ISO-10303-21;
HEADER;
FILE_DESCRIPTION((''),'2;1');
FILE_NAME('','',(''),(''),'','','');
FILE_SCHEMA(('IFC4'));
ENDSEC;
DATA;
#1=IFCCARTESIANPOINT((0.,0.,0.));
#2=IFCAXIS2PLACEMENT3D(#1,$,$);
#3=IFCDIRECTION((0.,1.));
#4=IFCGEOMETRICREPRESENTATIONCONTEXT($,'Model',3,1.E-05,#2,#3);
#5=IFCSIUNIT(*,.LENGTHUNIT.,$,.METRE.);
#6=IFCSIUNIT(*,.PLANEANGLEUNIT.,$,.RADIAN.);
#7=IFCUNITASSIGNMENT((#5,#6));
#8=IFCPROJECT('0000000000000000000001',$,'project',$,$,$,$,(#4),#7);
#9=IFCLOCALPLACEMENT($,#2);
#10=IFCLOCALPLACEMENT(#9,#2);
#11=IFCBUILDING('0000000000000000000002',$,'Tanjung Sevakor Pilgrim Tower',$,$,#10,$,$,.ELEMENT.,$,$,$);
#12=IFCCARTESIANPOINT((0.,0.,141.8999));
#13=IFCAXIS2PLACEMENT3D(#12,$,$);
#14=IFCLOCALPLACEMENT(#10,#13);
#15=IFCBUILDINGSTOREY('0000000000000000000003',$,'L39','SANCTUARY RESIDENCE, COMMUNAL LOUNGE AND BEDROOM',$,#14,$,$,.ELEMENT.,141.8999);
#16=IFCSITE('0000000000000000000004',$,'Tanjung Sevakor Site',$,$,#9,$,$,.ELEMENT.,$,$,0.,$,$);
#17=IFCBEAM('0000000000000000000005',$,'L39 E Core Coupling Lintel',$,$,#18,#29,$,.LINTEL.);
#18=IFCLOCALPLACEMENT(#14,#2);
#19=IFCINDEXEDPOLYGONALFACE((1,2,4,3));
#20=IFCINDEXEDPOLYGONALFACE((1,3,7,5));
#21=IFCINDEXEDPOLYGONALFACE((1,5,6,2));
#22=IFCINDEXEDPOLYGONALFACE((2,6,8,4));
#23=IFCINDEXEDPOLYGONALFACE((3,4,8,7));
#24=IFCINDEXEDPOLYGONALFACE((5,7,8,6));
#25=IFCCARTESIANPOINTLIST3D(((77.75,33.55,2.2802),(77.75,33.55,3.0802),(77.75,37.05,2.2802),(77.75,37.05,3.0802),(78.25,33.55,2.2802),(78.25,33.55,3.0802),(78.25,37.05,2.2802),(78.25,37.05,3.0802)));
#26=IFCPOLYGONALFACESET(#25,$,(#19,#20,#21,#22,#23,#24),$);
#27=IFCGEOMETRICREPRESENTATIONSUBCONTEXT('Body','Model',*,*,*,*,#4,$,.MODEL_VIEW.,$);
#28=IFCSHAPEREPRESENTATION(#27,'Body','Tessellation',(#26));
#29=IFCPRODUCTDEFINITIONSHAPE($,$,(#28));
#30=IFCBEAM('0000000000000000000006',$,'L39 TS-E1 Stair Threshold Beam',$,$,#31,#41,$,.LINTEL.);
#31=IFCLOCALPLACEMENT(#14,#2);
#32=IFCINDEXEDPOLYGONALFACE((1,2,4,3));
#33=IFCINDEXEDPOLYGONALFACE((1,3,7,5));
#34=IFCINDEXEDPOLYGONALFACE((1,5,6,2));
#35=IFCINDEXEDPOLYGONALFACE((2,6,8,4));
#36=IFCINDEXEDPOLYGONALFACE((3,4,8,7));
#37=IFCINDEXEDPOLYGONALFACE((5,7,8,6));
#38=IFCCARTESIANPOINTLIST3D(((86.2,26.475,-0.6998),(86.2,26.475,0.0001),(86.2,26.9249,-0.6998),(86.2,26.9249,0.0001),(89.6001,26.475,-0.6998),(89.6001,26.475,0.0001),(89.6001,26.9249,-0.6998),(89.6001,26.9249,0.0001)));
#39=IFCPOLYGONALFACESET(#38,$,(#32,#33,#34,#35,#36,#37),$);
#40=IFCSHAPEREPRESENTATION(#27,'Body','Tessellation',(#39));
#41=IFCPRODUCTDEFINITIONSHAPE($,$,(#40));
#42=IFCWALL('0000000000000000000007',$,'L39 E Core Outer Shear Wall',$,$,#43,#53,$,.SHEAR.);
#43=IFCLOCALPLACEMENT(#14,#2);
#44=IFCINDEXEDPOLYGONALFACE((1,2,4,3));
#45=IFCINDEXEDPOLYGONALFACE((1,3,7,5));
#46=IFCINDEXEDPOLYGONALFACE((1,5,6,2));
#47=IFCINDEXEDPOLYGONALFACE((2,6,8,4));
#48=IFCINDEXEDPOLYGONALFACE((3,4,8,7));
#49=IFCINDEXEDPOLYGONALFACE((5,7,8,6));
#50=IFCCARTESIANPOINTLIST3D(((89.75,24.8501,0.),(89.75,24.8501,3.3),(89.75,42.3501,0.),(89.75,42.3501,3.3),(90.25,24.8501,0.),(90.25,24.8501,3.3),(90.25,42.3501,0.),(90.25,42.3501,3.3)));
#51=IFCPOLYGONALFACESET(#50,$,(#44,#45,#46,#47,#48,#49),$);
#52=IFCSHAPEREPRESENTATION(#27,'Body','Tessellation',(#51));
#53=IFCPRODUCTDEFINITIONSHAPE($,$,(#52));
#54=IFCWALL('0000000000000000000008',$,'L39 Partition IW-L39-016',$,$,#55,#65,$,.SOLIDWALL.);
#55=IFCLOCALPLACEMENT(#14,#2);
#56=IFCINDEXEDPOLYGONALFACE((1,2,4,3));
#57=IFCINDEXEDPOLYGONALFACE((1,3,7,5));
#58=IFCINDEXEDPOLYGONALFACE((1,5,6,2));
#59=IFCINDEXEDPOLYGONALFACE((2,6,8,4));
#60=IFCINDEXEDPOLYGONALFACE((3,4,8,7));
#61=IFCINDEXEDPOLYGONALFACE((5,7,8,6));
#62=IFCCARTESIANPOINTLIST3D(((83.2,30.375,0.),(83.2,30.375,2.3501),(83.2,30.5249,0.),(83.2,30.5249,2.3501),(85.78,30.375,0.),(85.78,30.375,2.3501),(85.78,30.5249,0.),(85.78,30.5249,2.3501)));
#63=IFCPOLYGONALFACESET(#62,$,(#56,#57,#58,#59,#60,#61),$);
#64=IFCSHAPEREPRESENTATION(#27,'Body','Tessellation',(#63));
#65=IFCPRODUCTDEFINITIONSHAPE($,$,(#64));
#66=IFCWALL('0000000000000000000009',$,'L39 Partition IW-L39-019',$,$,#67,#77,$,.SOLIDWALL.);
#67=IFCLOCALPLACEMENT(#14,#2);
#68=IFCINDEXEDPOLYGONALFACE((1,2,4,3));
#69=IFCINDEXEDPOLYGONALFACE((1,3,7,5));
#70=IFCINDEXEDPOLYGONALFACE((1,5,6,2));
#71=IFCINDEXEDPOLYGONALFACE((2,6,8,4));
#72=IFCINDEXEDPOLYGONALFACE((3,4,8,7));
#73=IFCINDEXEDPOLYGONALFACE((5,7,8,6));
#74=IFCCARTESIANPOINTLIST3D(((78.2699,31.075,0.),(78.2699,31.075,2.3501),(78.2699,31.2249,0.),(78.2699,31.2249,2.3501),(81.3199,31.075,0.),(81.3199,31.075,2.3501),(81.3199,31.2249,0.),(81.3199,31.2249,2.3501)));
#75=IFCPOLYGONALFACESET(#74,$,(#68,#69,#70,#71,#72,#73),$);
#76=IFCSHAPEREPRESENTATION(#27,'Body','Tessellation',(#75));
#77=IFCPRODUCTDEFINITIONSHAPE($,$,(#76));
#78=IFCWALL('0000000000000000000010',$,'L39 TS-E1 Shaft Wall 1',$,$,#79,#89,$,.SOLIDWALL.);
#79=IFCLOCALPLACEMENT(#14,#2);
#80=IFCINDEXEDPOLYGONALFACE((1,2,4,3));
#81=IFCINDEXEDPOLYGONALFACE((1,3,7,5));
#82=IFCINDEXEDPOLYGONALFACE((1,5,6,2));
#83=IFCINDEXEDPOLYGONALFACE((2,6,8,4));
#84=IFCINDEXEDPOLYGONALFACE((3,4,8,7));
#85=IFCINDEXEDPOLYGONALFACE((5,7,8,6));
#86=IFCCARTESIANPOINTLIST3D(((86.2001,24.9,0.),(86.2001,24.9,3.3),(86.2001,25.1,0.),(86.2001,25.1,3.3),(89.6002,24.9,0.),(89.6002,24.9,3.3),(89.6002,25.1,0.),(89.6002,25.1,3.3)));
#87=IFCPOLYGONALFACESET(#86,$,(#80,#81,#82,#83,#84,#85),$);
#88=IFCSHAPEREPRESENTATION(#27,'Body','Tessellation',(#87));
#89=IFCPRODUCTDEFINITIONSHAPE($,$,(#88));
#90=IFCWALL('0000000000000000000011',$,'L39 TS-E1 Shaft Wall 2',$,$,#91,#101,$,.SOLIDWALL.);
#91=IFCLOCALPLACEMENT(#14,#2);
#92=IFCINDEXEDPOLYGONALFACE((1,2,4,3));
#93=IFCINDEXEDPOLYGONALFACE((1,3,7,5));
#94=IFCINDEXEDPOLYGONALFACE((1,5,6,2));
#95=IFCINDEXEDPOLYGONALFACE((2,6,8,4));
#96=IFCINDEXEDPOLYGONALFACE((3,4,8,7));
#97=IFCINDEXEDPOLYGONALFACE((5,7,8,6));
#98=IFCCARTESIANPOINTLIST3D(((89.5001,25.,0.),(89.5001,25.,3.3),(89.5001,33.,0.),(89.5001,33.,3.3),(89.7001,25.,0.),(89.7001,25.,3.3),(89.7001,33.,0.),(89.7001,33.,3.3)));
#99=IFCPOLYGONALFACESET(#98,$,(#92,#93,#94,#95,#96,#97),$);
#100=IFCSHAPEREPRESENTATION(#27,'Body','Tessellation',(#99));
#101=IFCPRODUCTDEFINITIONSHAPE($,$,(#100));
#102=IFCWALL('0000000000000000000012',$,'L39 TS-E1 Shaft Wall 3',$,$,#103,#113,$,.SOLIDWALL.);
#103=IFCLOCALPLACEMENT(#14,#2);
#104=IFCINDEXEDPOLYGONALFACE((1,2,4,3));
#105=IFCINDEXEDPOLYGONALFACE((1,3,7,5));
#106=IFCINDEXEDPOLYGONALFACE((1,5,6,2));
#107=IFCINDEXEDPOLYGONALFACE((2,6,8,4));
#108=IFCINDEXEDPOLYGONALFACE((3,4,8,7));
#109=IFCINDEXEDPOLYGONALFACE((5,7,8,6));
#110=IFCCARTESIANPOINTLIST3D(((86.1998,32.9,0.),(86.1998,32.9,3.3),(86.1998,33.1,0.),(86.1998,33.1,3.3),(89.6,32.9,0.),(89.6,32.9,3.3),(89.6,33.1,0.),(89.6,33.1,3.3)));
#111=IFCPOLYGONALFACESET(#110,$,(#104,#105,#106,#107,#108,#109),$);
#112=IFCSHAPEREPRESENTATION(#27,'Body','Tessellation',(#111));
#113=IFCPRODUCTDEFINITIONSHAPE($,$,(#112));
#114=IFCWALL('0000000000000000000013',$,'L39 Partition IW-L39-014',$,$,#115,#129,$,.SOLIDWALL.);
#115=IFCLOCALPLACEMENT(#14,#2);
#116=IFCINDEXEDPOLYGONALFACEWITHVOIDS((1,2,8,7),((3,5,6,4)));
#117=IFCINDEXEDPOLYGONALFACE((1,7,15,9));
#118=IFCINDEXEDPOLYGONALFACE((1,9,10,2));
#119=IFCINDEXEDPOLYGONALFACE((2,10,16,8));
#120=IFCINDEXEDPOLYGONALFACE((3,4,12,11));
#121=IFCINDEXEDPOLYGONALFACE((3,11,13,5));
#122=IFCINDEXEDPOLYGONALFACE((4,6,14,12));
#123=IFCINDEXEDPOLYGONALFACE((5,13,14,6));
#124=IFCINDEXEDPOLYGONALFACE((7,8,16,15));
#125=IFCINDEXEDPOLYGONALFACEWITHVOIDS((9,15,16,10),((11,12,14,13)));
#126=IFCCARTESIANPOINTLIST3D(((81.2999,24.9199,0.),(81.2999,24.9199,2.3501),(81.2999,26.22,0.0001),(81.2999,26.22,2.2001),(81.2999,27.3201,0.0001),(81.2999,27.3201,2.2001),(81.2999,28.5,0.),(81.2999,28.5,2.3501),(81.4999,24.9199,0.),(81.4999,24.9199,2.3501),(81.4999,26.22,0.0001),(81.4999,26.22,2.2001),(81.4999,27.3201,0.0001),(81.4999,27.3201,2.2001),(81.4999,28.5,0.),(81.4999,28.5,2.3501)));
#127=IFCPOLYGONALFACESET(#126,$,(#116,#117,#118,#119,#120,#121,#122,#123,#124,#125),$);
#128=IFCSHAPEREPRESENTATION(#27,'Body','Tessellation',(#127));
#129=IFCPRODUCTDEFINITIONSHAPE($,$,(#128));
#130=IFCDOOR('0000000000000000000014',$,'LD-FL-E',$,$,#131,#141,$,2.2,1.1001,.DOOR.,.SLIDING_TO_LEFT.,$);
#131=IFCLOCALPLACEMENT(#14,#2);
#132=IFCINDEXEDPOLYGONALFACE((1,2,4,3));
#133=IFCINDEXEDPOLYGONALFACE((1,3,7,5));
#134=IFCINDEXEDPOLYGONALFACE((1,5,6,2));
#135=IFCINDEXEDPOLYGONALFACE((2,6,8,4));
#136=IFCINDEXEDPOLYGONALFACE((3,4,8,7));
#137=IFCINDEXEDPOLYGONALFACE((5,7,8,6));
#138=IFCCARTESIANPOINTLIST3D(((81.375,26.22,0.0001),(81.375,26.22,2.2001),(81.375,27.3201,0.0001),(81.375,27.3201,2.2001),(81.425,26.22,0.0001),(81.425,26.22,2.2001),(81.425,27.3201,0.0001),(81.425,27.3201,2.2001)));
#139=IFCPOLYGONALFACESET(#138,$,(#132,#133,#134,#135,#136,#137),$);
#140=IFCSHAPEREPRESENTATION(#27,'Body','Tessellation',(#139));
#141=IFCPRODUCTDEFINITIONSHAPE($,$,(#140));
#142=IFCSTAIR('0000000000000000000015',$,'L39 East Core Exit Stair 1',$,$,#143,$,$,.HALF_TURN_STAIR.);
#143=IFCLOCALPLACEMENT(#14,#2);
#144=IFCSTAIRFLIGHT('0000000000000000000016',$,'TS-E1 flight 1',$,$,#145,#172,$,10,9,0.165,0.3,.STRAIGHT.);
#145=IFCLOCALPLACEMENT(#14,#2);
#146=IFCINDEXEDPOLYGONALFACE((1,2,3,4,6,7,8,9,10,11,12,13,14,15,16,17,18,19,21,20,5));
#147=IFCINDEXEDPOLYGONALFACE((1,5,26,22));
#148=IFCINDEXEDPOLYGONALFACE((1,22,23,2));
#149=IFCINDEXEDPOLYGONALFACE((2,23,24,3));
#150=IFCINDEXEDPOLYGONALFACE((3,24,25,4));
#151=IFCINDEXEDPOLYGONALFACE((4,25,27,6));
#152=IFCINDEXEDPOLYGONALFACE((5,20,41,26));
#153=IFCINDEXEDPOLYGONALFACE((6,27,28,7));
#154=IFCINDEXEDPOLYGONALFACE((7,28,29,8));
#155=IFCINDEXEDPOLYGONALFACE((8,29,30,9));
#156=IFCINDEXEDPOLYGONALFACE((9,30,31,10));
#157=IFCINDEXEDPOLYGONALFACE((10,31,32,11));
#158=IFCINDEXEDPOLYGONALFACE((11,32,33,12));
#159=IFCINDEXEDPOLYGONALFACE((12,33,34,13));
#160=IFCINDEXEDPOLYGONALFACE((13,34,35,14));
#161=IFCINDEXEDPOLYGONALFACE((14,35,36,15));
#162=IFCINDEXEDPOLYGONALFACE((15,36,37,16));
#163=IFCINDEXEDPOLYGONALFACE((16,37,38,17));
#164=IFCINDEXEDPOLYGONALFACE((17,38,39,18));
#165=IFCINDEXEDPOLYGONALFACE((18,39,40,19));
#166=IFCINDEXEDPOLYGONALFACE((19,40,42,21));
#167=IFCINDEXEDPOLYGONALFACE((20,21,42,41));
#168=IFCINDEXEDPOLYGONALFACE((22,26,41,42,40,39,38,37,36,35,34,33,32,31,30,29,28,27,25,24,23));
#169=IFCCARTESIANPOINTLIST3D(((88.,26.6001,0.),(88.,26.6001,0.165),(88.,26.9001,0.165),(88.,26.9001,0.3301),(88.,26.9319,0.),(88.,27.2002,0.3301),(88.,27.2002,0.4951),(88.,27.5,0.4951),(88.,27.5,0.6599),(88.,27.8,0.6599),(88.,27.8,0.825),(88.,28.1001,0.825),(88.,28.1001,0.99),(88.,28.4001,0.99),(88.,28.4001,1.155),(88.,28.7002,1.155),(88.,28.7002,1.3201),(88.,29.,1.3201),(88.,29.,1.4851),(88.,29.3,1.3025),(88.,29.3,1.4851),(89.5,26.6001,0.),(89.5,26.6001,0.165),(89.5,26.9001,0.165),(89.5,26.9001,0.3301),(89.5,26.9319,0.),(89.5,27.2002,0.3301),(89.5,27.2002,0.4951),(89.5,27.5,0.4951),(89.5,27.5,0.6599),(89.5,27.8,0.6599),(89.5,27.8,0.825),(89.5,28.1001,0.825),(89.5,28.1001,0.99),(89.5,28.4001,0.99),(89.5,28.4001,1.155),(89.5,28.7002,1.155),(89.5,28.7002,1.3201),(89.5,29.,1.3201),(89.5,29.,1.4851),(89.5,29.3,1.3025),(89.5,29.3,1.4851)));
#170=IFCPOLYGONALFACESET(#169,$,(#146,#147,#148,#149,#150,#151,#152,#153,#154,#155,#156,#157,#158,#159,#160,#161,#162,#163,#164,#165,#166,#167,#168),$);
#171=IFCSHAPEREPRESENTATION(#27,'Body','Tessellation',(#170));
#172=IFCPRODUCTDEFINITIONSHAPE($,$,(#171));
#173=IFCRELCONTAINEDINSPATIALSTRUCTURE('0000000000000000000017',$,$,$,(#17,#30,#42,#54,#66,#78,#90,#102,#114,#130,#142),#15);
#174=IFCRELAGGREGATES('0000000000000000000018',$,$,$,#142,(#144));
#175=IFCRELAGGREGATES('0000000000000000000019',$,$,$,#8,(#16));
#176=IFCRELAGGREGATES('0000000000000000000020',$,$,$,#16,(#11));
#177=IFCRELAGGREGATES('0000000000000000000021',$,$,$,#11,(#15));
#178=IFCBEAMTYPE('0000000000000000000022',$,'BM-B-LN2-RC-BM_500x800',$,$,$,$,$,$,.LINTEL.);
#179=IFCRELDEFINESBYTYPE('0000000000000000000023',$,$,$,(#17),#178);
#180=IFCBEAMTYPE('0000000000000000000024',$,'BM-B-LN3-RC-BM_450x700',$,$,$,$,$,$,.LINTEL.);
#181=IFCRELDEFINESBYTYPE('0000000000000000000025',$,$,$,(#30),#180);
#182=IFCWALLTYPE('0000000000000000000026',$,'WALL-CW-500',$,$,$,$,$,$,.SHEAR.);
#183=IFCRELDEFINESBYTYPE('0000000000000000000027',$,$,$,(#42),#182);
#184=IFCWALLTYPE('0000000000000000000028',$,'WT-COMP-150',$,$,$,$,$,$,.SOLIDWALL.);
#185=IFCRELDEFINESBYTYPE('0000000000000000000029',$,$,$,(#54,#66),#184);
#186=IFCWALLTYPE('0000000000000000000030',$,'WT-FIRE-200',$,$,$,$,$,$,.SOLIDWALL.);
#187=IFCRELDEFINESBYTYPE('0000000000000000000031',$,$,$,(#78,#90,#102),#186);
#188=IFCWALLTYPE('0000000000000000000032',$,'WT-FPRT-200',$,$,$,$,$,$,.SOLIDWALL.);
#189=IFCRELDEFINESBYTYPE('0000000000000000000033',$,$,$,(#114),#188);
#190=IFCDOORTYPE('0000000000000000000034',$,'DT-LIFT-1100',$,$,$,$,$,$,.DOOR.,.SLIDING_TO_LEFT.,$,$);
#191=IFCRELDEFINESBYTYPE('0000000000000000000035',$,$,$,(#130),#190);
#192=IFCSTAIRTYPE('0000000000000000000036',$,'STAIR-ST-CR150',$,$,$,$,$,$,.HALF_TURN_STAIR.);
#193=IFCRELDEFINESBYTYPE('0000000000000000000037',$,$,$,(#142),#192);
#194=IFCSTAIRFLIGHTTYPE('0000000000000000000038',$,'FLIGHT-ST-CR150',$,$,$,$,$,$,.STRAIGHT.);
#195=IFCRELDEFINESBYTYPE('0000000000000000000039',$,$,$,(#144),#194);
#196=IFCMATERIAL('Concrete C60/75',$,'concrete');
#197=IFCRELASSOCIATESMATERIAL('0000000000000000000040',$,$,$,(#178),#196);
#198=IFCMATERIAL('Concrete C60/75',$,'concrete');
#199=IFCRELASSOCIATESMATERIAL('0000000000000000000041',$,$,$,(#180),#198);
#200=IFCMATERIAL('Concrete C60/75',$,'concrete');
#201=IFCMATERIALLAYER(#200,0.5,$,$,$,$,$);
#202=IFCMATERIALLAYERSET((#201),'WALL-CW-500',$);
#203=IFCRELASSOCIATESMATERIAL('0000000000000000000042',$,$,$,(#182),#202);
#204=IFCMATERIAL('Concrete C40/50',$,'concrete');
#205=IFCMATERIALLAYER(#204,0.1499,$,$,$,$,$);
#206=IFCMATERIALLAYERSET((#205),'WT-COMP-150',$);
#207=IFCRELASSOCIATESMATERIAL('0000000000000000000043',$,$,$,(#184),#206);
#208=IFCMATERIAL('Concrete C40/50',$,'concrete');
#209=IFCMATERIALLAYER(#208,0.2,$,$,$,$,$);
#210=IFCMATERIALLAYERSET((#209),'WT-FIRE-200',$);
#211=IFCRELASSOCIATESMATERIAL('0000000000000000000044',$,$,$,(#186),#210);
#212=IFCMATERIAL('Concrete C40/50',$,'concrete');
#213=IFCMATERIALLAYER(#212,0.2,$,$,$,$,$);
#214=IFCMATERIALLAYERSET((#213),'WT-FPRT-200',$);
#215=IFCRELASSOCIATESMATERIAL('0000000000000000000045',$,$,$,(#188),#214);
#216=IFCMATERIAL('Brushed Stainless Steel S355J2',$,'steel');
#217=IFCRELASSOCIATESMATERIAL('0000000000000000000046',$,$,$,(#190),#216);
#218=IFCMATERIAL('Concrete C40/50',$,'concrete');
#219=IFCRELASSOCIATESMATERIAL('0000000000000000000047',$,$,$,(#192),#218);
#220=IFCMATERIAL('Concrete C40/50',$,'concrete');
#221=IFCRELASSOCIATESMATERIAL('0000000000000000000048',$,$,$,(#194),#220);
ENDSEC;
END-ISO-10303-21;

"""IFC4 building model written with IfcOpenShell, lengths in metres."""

from ifc_helpers import new_model, si_unit, direction, frame, frame_2d, origin, origin_2d, place, context, subcontext, project, spatial, polyline, rectangle, outline, extrude, material, layer, layer_set, material_profile, profile_set, type_object, element, fill, aggregate, save


model = new_model("IFC4")

# Units and contexts
model_context = context("Model", 3, precision=1e-05, world=origin(), true_north=direction((0.0, 1.0)))
body_context = subcontext(model_context, "Body", "Model", "MODEL_VIEW")
ifc_project = project(units=[si_unit("LENGTHUNIT", "METRE"), si_unit("PLANEANGLEUNIT", "RADIAN")], contexts=[model_context])

# Site, building, storey
site_placement = place(None, origin())
site = spatial("IfcSite", under=ifc_project, at=site_placement, Name="Tanjung Sevakor Site", CompositionType="ELEMENT", RefElevation=0.0)
building_placement = place(site_placement, origin())
building = spatial("IfcBuilding", under=site, at=building_placement, Name="Tanjung Sevakor Pilgrim Tower", CompositionType="ELEMENT")
storey_placement = place(building_placement, frame((0.0, 0.0, 141.8999)))
storey = spatial("IfcBuildingStorey", under=building, at=storey_placement, Name="L39", Description="SANCTUARY RESIDENCE, COMMUNAL LOUNGE AND BEDROOM", CompositionType="ELEMENT", Elevation=141.8999)

# Beams
ifc_material_1 = material(Name="Concrete C60/75", Category="concrete")
ifc_material_profile_1 = material_profile(ifc_material_1, rectangle(XDim=0.5, YDim=0.8, at=origin_2d()))
ifc_profile_set_1 = profile_set([ifc_material_profile_1], Name="Concrete C60/75")
beam_type_1 = type_object("IfcBeamType", Name="BM-B-LN2-RC-BM_500x800", PredefinedType="LINTEL", material=ifc_profile_set_1)
beam_1_placement = place(storey_placement, frame((78.0, 33.55, 2.6802), z_axis=(0.0, 1.0, 0.0), x_axis=(-1.0, 0.0, 0.0)))
element("IfcBeam", 1, at=beam_1_placement, inside=storey, type_object=beam_type_1, Name="L39 E Core Coupling Lintel", PredefinedType="LINTEL", context=body_context, shape_type="SweptSolid", body=[
    extrude(rectangle(XDim=0.5, YDim=0.8, at=origin_2d()), origin(), (0.0, 0.0, 1.0), 3.5),
])
ifc_material_2 = material(Name="Concrete C60/75", Category="concrete")
ifc_material_profile_2 = material_profile(ifc_material_2, rectangle(XDim=0.45, YDim=0.7, at=origin_2d()))
ifc_profile_set_2 = profile_set([ifc_material_profile_2], Name="Concrete C60/75")
beam_type_2 = type_object("IfcBeamType", Name="BM-B-LN3-RC-BM_450x700", PredefinedType="LINTEL", material=ifc_profile_set_2)
beam_2_placement = place(storey_placement, frame((86.2, 26.7, -0.3499), z_axis=(1.0, 0.0, 0.0), x_axis=(0.0, 1.0, 0.0)))
element("IfcBeam", 2, at=beam_2_placement, inside=storey, type_object=beam_type_2, Name="L39 TS-E1 Stair Threshold Beam", PredefinedType="LINTEL", context=body_context, shape_type="SweptSolid", body=[
    extrude(rectangle(XDim=0.45, YDim=0.7, at=origin_2d()), origin(), (0.0, 0.0, 1.0), 3.4001),
])

# Wall
ifc_material_3 = material(Name="Concrete C60/75", Category="concrete")
ifc_layer_1 = layer(ifc_material_3, 0.5)
ifc_layer_set_1 = layer_set([ifc_layer_1], Name="WALL-CW-500")
wall_type_1 = type_object("IfcWallType", Name="WALL-CW-500", PredefinedType="SHEAR", material=ifc_layer_set_1)
wall_1_placement = place(storey_placement, frame((90.0, 24.8501, 0.0), z_axis=(0.0, 0.0, 1.0), x_axis=(0.0, 1.0, 0.0)))
element("IfcWall", 3, at=wall_1_placement, inside=storey, type_object=wall_type_1, Name="L39 E Core Outer Shear Wall", PredefinedType="SHEAR", context=body_context, shape_type="SweptSolid", body=[
    extrude(rectangle(XDim=17.5, YDim=0.5, at=frame_2d((8.75, 0.0))), origin(), (0.0, 0.0, 1.0), 3.3),
])

# Wall
ifc_material_4 = material(Name="Concrete C40/50", Category="concrete")
ifc_layer_2 = layer(ifc_material_4, 0.1499)
ifc_layer_set_2 = layer_set([ifc_layer_2], Name="WT-COMP-150")
wall_type_2 = type_object("IfcWallType", Name="WT-COMP-150", PredefinedType="SOLIDWALL", material=ifc_layer_set_2)
wall_2_placement = place(storey_placement, frame((83.2, 30.45, 0.0), z_axis=(0.0, 0.0, 1.0), x_axis=(1.0, 0.0, 0.0)))
element("IfcWall", 4, at=wall_2_placement, inside=storey, type_object=wall_type_2, Name="L39 Partition IW-L39-016", PredefinedType="SOLIDWALL", context=body_context, shape_type="SweptSolid", body=[
    extrude(rectangle(XDim=2.5801, YDim=0.1499, at=frame_2d((1.29, 0.0))), origin(), (0.0, 0.0, 1.0), 2.3501),
])

# Wall
wall_3_placement = place(storey_placement, frame((78.27, 31.1499, 0.0), z_axis=(0.0, 0.0, 1.0), x_axis=(1.0, 0.0, 0.0)))
element("IfcWall", 5, at=wall_3_placement, inside=storey, type_object=wall_type_2, Name="L39 Partition IW-L39-019", PredefinedType="SOLIDWALL", context=body_context, shape_type="SweptSolid", body=[
    extrude(rectangle(XDim=3.05, YDim=0.1499, at=frame_2d((1.5249, 0.0))), origin(), (0.0, 0.0, 1.0), 2.3501),
])

# Walls
ifc_material_5 = material(Name="Concrete C40/50", Category="concrete")
ifc_layer_3 = layer(ifc_material_5, 0.2)
ifc_layer_set_3 = layer_set([ifc_layer_3], Name="WT-FIRE-200")
wall_type_3 = type_object("IfcWallType", Name="WT-FIRE-200", PredefinedType="SOLIDWALL", material=ifc_layer_set_3)
wall_4_placement = place(storey_placement, frame((86.2, 25.0, 0.0), z_axis=(0.0, 0.0, 1.0), x_axis=(1.0, 0.0, 0.0)))
element("IfcWall", 6, at=wall_4_placement, inside=storey, type_object=wall_type_3, Name="L39 TS-E1 Shaft Wall 1", PredefinedType="SOLIDWALL", context=body_context, shape_type="SweptSolid", body=[
    extrude(rectangle(XDim=3.4001, YDim=0.2, at=frame_2d((1.7002, 0.0))), origin(), (0.0, 0.0, 1.0), 3.3),
])
wall_5_placement = place(storey_placement, frame((89.6001, 25.0, 0.0), z_axis=(0.0, 0.0, 1.0), x_axis=(0.0, 1.0, 0.0)))
element("IfcWall", 7, at=wall_5_placement, inside=storey, type_object=wall_type_3, Name="L39 TS-E1 Shaft Wall 2", PredefinedType="SOLIDWALL", context=body_context, shape_type="SweptSolid", body=[
    extrude(rectangle(XDim=8.0, YDim=0.2, at=frame_2d((4.0, 0.0))), origin(), (0.0, 0.0, 1.0), 3.3),
])
wall_6_placement = place(storey_placement, frame((89.6001, 33.0, 0.0), z_axis=(0.0, 0.0, 1.0), x_axis=(-1.0, 0.0, 0.0)))
element("IfcWall", 8, at=wall_6_placement, inside=storey, type_object=wall_type_3, Name="L39 TS-E1 Shaft Wall 3", PredefinedType="SOLIDWALL", context=body_context, shape_type="SweptSolid", body=[
    extrude(rectangle(XDim=3.4001, YDim=0.2, at=frame_2d((1.7002, 0.0))), origin(), (0.0, 0.0, 1.0), 3.3),
])

# Wall, opening, door
ifc_material_6 = material(Name="Concrete C40/50", Category="concrete")
ifc_layer_4 = layer(ifc_material_6, 0.2)
ifc_layer_set_4 = layer_set([ifc_layer_4], Name="WT-FPRT-200")
wall_type_4 = type_object("IfcWallType", Name="WT-FPRT-200", PredefinedType="SOLIDWALL", material=ifc_layer_set_4)
wall_7_placement = place(storey_placement, frame((81.3999, 24.9199, 0.0), z_axis=(0.0, 0.0, 1.0), x_axis=(0.0, 1.0, 0.0)))
wall_7 = element("IfcWall", 9, at=wall_7_placement, inside=storey, type_object=wall_type_4, Name="L39 Partition IW-L39-014", PredefinedType="SOLIDWALL", context=body_context, shape_type="SweptSolid", body=[
    extrude(rectangle(XDim=3.5801, YDim=0.2, at=frame_2d((1.79, 0.0))), origin(), (0.0, 0.0, 1.0), 2.3501),
])
opening_1_placement = place(wall_7_placement, frame((1.3, 0.0, 0.0)))
opening_1 = element("IfcOpeningElement", 10, at=opening_1_placement, cuts=wall_7, PredefinedType="OPENING", context=body_context, shape_type="SweptSolid", body=[
    extrude(rectangle(XDim=1.1001, YDim=2.2, at=frame_2d((0.55, 1.1001))), frame((0.0, 0.1099, 0.0), z_axis=(0.0, -1.0, 0.0), x_axis=(1.0, 0.0, 0.0)), (0.0, 0.0, 1.0), 0.22),
])
ifc_material_7 = material(Name="Brushed Stainless Steel S355J2", Category="steel")
door_type_1 = type_object("IfcDoorType", Name="DT-LIFT-1100", OperationType="SLIDING_TO_LEFT", PredefinedType="DOOR", material=ifc_material_7)
door_1_placement = place(opening_1_placement, origin())
door_1 = element("IfcDoor", 11, at=door_1_placement, inside=storey, type_object=door_type_1, Name="LD-FL-E", OperationType="SLIDING_TO_LEFT", OverallHeight=2.2, OverallWidth=1.1001, PredefinedType="DOOR", context=body_context, shape_type="SweptSolid", body=[
    extrude(rectangle(XDim=1.1001, YDim=2.2, at=frame_2d((0.55, 1.1001))), frame((0.0, 0.0249, 0.0), z_axis=(0.0, -1.0, 0.0), x_axis=(1.0, 0.0, 0.0)), (0.0, 0.0, 1.0), 0.05),
])
fill(opening_1, door_1)

# Stair, stair flight
ifc_material_8 = material(Name="Concrete C40/50", Category="concrete")
stair_type = type_object("IfcStairType", Name="STAIR-ST-CR150", PredefinedType="HALF_TURN_STAIR", material=ifc_material_8)
stair_placement = place(storey_placement, origin())
stair = element("IfcStair", 12, at=stair_placement, inside=storey, type_object=stair_type, Name="L39 East Core Exit Stair 1", PredefinedType="HALF_TURN_STAIR")
ifc_material_9 = material(Name="Concrete C40/50", Category="concrete")
stair_flight_type = type_object("IfcStairFlightType", Name="FLIGHT-ST-CR150", PredefinedType="STRAIGHT", material=ifc_material_9)
stair_flight_1_placement = place(storey_placement, frame((88.75, 26.6001, 0.0), z_axis=(0.0, 0.0, 1.0), x_axis=(0.0, 1.0, 0.0)))
stair_flight_1 = element("IfcStairFlight", 13, at=stair_flight_1_placement, type_object=stair_flight_type, Name="TS-E1 flight 1", NumberOfRisers=10, NumberOfTreads=9, PredefinedType="STRAIGHT", RiserHeight=0.165, TreadLength=0.3, context=body_context, shape_type="SweptSolid", body=[
    extrude(outline(polyline([(0.0, 0.0), (0.0, 0.165), (0.3, 0.165), (0.3, 0.3301), (0.6001, 0.3301), (0.6001, 0.4951), (0.8999, 0.4951), (0.8999, 0.6599), (1.2, 0.6599), (1.2, 0.825), (1.5, 0.825), (1.5, 0.99), (1.8, 0.99), (1.8, 1.155), (2.1001, 1.155), (2.1001, 1.3201), (2.3999, 1.3201), (2.3999, 1.4851), (2.7, 1.4851), (2.7, 1.6499), (2.7, 1.3025), (0.3318, 0.0), (0.0, 0.0)])), frame((0.0, 0.75, 0.0), z_axis=(0.0, -1.0, 0.0), x_axis=(1.0, 0.0, 0.0)), (0.0, 0.0, 1.0), 1.5),
])
aggregate(stair, [stair_flight_1])

save(model, "model.ifc")
